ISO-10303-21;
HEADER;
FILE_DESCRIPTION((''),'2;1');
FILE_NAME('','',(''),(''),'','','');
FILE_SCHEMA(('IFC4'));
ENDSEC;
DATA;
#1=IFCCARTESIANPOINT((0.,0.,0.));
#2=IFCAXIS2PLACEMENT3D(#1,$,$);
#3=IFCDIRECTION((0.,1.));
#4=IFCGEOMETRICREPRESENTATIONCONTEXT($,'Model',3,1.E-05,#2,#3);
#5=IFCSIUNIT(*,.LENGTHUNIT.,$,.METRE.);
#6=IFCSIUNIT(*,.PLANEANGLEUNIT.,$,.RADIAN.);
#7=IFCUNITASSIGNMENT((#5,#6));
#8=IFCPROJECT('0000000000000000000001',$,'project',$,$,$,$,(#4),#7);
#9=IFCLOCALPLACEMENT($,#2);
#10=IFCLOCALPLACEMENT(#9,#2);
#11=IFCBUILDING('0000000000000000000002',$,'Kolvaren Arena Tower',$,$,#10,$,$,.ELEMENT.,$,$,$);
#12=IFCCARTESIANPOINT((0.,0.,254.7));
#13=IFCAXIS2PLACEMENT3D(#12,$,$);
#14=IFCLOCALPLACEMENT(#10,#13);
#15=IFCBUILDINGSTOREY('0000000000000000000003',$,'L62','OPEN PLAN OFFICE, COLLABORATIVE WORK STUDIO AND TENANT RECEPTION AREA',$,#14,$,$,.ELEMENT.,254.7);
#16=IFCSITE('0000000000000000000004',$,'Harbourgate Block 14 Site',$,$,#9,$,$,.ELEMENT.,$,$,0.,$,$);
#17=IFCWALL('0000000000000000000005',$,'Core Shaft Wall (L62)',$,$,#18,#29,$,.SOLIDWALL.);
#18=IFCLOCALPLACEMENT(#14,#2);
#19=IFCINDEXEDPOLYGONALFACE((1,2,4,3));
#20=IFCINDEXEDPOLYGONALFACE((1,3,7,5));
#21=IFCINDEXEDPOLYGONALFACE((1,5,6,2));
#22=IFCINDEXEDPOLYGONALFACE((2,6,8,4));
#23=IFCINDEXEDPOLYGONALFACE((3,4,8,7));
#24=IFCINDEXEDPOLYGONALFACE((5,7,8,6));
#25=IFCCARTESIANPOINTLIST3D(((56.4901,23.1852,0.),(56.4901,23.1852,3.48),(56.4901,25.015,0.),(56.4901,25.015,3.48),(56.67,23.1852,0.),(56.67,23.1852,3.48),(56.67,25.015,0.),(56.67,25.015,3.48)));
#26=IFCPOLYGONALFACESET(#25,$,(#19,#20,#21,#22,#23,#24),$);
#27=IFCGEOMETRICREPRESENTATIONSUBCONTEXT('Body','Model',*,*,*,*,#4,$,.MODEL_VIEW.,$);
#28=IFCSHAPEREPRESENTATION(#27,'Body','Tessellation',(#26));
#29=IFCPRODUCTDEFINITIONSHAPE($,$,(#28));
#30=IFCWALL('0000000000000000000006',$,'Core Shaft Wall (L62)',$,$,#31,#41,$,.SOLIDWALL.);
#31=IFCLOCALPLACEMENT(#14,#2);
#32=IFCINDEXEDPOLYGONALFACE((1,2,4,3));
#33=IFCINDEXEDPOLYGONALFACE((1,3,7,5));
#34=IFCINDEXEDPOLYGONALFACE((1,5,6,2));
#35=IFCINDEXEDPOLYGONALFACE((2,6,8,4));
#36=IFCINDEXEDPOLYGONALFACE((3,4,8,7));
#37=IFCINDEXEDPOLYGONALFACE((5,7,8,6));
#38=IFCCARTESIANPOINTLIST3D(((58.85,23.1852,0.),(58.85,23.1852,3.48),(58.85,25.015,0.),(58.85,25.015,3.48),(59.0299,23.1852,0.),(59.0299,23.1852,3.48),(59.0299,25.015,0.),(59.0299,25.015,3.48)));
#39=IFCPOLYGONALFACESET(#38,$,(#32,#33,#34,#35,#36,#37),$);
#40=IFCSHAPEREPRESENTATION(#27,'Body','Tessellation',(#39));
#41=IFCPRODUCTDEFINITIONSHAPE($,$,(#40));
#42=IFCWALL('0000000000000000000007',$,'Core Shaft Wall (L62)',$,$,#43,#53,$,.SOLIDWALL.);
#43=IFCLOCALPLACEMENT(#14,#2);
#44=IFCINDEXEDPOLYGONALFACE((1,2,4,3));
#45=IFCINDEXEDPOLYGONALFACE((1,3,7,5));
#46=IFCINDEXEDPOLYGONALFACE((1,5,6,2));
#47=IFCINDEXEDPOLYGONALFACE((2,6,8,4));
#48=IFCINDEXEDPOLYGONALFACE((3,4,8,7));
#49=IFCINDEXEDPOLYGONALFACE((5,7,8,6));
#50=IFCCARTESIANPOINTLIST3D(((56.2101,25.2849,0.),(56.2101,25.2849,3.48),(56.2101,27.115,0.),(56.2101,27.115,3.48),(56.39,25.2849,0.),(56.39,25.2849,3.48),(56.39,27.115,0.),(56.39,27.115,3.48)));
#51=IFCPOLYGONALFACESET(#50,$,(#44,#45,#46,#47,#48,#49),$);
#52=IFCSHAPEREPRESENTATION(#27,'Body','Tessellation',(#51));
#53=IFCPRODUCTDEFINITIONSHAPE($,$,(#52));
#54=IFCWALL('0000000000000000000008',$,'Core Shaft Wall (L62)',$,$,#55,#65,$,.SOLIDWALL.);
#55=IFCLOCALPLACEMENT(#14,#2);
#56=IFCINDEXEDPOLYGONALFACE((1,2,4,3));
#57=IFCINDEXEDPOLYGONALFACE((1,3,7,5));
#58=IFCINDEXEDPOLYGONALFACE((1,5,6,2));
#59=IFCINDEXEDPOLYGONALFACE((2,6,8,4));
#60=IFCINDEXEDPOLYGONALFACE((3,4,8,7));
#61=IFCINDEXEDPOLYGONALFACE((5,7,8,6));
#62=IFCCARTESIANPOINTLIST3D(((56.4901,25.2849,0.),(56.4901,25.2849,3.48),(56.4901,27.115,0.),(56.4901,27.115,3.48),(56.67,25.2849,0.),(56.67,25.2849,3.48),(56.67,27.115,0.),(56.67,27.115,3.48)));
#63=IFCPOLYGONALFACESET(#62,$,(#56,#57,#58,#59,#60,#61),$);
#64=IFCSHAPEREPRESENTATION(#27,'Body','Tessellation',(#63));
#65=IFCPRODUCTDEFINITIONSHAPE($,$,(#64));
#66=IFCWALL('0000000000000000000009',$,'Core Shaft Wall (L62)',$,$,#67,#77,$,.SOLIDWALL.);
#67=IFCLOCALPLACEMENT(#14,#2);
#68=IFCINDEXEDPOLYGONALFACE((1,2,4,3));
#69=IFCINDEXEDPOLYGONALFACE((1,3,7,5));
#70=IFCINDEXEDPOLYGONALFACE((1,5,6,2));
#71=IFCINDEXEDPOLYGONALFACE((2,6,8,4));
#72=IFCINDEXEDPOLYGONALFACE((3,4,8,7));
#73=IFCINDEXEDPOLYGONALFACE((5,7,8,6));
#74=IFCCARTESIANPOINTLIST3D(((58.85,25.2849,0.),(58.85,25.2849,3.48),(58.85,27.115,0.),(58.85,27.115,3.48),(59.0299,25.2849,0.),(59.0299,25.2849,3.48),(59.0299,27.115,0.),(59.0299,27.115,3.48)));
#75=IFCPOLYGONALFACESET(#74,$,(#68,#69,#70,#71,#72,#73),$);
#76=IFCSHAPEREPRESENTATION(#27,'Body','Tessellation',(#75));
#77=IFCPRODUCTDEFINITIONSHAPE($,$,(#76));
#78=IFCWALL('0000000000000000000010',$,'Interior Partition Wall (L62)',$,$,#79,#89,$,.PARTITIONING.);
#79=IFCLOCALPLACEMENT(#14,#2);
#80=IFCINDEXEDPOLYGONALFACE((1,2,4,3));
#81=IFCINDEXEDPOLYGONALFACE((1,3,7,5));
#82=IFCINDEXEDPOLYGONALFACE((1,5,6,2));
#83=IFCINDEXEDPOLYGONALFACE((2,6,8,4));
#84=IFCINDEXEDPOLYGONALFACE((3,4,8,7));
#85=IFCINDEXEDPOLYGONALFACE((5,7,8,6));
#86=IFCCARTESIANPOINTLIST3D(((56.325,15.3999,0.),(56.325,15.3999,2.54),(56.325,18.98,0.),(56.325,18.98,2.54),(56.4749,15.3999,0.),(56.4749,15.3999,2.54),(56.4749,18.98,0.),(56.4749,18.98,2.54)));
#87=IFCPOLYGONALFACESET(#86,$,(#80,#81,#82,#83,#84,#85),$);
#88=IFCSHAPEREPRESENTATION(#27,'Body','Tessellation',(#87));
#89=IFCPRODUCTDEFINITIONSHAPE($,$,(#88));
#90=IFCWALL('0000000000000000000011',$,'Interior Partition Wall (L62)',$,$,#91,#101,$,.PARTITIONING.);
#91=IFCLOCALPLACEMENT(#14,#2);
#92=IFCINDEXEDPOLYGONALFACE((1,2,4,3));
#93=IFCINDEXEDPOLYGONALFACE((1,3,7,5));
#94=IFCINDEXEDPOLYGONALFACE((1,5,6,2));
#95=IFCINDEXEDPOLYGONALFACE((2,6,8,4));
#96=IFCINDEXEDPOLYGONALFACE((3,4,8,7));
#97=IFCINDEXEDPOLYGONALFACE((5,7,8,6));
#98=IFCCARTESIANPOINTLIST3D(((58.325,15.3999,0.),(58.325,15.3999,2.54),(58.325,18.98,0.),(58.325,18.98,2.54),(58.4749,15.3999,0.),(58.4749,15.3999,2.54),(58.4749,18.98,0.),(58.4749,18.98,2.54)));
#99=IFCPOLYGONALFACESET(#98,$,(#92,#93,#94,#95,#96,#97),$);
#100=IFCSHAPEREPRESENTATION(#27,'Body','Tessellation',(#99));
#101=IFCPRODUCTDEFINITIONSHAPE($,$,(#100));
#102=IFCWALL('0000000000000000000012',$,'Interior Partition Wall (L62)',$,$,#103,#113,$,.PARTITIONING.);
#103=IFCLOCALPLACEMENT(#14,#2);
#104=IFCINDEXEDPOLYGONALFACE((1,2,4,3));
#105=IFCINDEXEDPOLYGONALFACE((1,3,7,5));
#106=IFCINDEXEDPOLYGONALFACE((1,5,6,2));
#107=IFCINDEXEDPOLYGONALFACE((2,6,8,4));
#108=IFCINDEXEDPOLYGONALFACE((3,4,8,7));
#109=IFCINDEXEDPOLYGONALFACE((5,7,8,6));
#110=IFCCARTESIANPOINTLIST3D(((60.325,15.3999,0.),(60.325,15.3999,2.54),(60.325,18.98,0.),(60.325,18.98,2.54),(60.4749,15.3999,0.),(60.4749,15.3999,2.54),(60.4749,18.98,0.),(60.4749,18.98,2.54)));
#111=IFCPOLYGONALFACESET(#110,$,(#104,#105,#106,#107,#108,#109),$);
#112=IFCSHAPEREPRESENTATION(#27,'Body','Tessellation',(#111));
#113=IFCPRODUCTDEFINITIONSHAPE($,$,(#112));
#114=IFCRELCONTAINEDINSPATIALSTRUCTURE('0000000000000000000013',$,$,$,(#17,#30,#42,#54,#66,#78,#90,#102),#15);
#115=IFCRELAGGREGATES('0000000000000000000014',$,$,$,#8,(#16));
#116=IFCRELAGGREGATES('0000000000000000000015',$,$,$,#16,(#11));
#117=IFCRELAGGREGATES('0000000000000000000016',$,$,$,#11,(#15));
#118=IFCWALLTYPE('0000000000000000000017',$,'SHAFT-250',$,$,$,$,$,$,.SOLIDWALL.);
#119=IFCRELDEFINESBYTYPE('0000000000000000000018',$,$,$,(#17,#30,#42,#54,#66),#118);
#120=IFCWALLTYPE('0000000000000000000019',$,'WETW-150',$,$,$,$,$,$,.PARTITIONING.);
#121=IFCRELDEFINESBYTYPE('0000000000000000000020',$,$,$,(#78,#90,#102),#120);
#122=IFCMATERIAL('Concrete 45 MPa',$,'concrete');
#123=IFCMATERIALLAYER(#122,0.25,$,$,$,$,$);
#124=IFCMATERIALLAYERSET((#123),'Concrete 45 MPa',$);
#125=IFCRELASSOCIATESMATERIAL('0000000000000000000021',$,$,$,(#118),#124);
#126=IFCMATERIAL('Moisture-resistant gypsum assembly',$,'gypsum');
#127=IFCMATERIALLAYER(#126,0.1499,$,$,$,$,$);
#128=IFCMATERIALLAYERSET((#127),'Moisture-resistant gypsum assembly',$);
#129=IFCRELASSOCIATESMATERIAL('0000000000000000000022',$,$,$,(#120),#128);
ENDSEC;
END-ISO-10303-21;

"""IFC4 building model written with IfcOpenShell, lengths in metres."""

from ifc_helpers import new_model, si_unit, direction, frame, frame_2d, origin, place, context, subcontext, project, spatial, rectangle, extrude, material, layer, layer_set, type_object, element, save


model = new_model("IFC4")

# Units and contexts
model_context = context("Model", 3, precision=1e-05, world=origin(), true_north=direction((0.0, 1.0)))
body_context = subcontext(model_context, "Body", "Model", "MODEL_VIEW")
ifc_project = project(units=[si_unit("LENGTHUNIT", "METRE"), si_unit("PLANEANGLEUNIT", "RADIAN")], contexts=[model_context])

# Site, building, storey
site_placement = place(None, origin())
site = spatial("IfcSite", under=ifc_project, at=site_placement, Name="Harbourgate Block 14 Site", CompositionType="ELEMENT", RefElevation=0.0)
building_placement = place(site_placement, origin())
building = spatial("IfcBuilding", under=site, at=building_placement, Name="Kolvaren Arena Tower", CompositionType="ELEMENT")
storey_placement = place(building_placement, frame((0.0, 0.0, 254.7)))
storey = spatial("IfcBuildingStorey", under=building, at=storey_placement, Name="L62", Description="OPEN PLAN OFFICE, COLLABORATIVE WORK STUDIO AND TENANT RECEPTION AREA", CompositionType="ELEMENT", Elevation=254.7)

# Shared definitions
ifc_material_1 = material(Name="Concrete 45 MPa", Category="concrete")
ifc_layer_1 = layer(ifc_material_1, 0.25)
ifc_layer_set_1 = layer_set([ifc_layer_1], Name="Concrete 45 MPa")
wall_type_1 = type_object("IfcWallType", Name="SHAFT-250", PredefinedType="SOLIDWALL", material=ifc_layer_set_1)

# Walls
for number, where, z_axis, x_axis, name in (
    (1, (56.5801, 23.1851, 0.0), (0.0, 0.0, 1.0), (0.0, 1.0, 0.0), "Core Shaft Wall (L62)"),
    (2, (58.9399, 23.1851, 0.0), (0.0, 0.0, 1.0), (0.0, 1.0, 0.0), "Core Shaft Wall (L62)"),
):
    element("IfcWall", number, at=place(storey_placement, frame(where, z_axis=z_axis, x_axis=x_axis)), inside=storey, type_object=wall_type_1, Name=name, PredefinedType="SOLIDWALL", context=body_context, shape_type="SweptSolid", body=[
        extrude(rectangle(XDim=1.8298, YDim=0.1799, at=frame_2d((0.915, 0.0))), origin(), (0.0, 0.0, 1.0), 3.48),
    ])
for number, where, z_axis, x_axis, name in (
    (3, (56.3, 25.2849, 0.0), (0.0, 0.0, 1.0), (0.0, 1.0, 0.0), "Core Shaft Wall (L62)"),
    (4, (56.5801, 25.2849, 0.0), (0.0, 0.0, 1.0), (0.0, 1.0, 0.0), "Core Shaft Wall (L62)"),
    (5, (58.9399, 25.2849, 0.0), (0.0, 0.0, 1.0), (0.0, 1.0, 0.0), "Core Shaft Wall (L62)"),
):
    element("IfcWall", number, at=place(storey_placement, frame(where, z_axis=z_axis, x_axis=x_axis)), inside=storey, type_object=wall_type_1, Name=name, PredefinedType="SOLIDWALL", context=body_context, shape_type="SweptSolid", body=[
        extrude(rectangle(XDim=1.8301, YDim=0.1799, at=frame_2d((0.915, 0.0))), origin(), (0.0, 0.0, 1.0), 3.48),
    ])
ifc_material_2 = material(Name="Moisture-resistant gypsum assembly", Category="gypsum")
ifc_layer_2 = layer(ifc_material_2, 0.1499)
ifc_layer_set_2 = layer_set([ifc_layer_2], Name="Moisture-resistant gypsum assembly")
wall_type_2 = type_object("IfcWallType", Name="WETW-150", PredefinedType="PARTITIONING", material=ifc_layer_set_2)
for number, where, z_axis, x_axis, name in (
    (6, (56.3999, 15.3999, 0.0), (0.0, 0.0, 1.0), (0.0, 1.0, 0.0), "Interior Partition Wall (L62)"),
    (7, (58.3999, 15.3999, 0.0), (0.0, 0.0, 1.0), (0.0, 1.0, 0.0), "Interior Partition Wall (L62)"),
    (8, (60.3999, 15.3999, 0.0), (0.0, 0.0, 1.0), (0.0, 1.0, 0.0), "Interior Partition Wall (L62)"),
):
    element("IfcWall", number, at=place(storey_placement, frame(where, z_axis=z_axis, x_axis=x_axis)), inside=storey, type_object=wall_type_2, Name=name, PredefinedType="PARTITIONING", context=body_context, shape_type="SweptSolid", body=[
        extrude(rectangle(XDim=3.5801, YDim=0.1499, at=frame_2d((1.79, 0.0))), origin(), (0.0, 0.0, 1.0), 2.54),
    ])

save(model, "model.ifc")
